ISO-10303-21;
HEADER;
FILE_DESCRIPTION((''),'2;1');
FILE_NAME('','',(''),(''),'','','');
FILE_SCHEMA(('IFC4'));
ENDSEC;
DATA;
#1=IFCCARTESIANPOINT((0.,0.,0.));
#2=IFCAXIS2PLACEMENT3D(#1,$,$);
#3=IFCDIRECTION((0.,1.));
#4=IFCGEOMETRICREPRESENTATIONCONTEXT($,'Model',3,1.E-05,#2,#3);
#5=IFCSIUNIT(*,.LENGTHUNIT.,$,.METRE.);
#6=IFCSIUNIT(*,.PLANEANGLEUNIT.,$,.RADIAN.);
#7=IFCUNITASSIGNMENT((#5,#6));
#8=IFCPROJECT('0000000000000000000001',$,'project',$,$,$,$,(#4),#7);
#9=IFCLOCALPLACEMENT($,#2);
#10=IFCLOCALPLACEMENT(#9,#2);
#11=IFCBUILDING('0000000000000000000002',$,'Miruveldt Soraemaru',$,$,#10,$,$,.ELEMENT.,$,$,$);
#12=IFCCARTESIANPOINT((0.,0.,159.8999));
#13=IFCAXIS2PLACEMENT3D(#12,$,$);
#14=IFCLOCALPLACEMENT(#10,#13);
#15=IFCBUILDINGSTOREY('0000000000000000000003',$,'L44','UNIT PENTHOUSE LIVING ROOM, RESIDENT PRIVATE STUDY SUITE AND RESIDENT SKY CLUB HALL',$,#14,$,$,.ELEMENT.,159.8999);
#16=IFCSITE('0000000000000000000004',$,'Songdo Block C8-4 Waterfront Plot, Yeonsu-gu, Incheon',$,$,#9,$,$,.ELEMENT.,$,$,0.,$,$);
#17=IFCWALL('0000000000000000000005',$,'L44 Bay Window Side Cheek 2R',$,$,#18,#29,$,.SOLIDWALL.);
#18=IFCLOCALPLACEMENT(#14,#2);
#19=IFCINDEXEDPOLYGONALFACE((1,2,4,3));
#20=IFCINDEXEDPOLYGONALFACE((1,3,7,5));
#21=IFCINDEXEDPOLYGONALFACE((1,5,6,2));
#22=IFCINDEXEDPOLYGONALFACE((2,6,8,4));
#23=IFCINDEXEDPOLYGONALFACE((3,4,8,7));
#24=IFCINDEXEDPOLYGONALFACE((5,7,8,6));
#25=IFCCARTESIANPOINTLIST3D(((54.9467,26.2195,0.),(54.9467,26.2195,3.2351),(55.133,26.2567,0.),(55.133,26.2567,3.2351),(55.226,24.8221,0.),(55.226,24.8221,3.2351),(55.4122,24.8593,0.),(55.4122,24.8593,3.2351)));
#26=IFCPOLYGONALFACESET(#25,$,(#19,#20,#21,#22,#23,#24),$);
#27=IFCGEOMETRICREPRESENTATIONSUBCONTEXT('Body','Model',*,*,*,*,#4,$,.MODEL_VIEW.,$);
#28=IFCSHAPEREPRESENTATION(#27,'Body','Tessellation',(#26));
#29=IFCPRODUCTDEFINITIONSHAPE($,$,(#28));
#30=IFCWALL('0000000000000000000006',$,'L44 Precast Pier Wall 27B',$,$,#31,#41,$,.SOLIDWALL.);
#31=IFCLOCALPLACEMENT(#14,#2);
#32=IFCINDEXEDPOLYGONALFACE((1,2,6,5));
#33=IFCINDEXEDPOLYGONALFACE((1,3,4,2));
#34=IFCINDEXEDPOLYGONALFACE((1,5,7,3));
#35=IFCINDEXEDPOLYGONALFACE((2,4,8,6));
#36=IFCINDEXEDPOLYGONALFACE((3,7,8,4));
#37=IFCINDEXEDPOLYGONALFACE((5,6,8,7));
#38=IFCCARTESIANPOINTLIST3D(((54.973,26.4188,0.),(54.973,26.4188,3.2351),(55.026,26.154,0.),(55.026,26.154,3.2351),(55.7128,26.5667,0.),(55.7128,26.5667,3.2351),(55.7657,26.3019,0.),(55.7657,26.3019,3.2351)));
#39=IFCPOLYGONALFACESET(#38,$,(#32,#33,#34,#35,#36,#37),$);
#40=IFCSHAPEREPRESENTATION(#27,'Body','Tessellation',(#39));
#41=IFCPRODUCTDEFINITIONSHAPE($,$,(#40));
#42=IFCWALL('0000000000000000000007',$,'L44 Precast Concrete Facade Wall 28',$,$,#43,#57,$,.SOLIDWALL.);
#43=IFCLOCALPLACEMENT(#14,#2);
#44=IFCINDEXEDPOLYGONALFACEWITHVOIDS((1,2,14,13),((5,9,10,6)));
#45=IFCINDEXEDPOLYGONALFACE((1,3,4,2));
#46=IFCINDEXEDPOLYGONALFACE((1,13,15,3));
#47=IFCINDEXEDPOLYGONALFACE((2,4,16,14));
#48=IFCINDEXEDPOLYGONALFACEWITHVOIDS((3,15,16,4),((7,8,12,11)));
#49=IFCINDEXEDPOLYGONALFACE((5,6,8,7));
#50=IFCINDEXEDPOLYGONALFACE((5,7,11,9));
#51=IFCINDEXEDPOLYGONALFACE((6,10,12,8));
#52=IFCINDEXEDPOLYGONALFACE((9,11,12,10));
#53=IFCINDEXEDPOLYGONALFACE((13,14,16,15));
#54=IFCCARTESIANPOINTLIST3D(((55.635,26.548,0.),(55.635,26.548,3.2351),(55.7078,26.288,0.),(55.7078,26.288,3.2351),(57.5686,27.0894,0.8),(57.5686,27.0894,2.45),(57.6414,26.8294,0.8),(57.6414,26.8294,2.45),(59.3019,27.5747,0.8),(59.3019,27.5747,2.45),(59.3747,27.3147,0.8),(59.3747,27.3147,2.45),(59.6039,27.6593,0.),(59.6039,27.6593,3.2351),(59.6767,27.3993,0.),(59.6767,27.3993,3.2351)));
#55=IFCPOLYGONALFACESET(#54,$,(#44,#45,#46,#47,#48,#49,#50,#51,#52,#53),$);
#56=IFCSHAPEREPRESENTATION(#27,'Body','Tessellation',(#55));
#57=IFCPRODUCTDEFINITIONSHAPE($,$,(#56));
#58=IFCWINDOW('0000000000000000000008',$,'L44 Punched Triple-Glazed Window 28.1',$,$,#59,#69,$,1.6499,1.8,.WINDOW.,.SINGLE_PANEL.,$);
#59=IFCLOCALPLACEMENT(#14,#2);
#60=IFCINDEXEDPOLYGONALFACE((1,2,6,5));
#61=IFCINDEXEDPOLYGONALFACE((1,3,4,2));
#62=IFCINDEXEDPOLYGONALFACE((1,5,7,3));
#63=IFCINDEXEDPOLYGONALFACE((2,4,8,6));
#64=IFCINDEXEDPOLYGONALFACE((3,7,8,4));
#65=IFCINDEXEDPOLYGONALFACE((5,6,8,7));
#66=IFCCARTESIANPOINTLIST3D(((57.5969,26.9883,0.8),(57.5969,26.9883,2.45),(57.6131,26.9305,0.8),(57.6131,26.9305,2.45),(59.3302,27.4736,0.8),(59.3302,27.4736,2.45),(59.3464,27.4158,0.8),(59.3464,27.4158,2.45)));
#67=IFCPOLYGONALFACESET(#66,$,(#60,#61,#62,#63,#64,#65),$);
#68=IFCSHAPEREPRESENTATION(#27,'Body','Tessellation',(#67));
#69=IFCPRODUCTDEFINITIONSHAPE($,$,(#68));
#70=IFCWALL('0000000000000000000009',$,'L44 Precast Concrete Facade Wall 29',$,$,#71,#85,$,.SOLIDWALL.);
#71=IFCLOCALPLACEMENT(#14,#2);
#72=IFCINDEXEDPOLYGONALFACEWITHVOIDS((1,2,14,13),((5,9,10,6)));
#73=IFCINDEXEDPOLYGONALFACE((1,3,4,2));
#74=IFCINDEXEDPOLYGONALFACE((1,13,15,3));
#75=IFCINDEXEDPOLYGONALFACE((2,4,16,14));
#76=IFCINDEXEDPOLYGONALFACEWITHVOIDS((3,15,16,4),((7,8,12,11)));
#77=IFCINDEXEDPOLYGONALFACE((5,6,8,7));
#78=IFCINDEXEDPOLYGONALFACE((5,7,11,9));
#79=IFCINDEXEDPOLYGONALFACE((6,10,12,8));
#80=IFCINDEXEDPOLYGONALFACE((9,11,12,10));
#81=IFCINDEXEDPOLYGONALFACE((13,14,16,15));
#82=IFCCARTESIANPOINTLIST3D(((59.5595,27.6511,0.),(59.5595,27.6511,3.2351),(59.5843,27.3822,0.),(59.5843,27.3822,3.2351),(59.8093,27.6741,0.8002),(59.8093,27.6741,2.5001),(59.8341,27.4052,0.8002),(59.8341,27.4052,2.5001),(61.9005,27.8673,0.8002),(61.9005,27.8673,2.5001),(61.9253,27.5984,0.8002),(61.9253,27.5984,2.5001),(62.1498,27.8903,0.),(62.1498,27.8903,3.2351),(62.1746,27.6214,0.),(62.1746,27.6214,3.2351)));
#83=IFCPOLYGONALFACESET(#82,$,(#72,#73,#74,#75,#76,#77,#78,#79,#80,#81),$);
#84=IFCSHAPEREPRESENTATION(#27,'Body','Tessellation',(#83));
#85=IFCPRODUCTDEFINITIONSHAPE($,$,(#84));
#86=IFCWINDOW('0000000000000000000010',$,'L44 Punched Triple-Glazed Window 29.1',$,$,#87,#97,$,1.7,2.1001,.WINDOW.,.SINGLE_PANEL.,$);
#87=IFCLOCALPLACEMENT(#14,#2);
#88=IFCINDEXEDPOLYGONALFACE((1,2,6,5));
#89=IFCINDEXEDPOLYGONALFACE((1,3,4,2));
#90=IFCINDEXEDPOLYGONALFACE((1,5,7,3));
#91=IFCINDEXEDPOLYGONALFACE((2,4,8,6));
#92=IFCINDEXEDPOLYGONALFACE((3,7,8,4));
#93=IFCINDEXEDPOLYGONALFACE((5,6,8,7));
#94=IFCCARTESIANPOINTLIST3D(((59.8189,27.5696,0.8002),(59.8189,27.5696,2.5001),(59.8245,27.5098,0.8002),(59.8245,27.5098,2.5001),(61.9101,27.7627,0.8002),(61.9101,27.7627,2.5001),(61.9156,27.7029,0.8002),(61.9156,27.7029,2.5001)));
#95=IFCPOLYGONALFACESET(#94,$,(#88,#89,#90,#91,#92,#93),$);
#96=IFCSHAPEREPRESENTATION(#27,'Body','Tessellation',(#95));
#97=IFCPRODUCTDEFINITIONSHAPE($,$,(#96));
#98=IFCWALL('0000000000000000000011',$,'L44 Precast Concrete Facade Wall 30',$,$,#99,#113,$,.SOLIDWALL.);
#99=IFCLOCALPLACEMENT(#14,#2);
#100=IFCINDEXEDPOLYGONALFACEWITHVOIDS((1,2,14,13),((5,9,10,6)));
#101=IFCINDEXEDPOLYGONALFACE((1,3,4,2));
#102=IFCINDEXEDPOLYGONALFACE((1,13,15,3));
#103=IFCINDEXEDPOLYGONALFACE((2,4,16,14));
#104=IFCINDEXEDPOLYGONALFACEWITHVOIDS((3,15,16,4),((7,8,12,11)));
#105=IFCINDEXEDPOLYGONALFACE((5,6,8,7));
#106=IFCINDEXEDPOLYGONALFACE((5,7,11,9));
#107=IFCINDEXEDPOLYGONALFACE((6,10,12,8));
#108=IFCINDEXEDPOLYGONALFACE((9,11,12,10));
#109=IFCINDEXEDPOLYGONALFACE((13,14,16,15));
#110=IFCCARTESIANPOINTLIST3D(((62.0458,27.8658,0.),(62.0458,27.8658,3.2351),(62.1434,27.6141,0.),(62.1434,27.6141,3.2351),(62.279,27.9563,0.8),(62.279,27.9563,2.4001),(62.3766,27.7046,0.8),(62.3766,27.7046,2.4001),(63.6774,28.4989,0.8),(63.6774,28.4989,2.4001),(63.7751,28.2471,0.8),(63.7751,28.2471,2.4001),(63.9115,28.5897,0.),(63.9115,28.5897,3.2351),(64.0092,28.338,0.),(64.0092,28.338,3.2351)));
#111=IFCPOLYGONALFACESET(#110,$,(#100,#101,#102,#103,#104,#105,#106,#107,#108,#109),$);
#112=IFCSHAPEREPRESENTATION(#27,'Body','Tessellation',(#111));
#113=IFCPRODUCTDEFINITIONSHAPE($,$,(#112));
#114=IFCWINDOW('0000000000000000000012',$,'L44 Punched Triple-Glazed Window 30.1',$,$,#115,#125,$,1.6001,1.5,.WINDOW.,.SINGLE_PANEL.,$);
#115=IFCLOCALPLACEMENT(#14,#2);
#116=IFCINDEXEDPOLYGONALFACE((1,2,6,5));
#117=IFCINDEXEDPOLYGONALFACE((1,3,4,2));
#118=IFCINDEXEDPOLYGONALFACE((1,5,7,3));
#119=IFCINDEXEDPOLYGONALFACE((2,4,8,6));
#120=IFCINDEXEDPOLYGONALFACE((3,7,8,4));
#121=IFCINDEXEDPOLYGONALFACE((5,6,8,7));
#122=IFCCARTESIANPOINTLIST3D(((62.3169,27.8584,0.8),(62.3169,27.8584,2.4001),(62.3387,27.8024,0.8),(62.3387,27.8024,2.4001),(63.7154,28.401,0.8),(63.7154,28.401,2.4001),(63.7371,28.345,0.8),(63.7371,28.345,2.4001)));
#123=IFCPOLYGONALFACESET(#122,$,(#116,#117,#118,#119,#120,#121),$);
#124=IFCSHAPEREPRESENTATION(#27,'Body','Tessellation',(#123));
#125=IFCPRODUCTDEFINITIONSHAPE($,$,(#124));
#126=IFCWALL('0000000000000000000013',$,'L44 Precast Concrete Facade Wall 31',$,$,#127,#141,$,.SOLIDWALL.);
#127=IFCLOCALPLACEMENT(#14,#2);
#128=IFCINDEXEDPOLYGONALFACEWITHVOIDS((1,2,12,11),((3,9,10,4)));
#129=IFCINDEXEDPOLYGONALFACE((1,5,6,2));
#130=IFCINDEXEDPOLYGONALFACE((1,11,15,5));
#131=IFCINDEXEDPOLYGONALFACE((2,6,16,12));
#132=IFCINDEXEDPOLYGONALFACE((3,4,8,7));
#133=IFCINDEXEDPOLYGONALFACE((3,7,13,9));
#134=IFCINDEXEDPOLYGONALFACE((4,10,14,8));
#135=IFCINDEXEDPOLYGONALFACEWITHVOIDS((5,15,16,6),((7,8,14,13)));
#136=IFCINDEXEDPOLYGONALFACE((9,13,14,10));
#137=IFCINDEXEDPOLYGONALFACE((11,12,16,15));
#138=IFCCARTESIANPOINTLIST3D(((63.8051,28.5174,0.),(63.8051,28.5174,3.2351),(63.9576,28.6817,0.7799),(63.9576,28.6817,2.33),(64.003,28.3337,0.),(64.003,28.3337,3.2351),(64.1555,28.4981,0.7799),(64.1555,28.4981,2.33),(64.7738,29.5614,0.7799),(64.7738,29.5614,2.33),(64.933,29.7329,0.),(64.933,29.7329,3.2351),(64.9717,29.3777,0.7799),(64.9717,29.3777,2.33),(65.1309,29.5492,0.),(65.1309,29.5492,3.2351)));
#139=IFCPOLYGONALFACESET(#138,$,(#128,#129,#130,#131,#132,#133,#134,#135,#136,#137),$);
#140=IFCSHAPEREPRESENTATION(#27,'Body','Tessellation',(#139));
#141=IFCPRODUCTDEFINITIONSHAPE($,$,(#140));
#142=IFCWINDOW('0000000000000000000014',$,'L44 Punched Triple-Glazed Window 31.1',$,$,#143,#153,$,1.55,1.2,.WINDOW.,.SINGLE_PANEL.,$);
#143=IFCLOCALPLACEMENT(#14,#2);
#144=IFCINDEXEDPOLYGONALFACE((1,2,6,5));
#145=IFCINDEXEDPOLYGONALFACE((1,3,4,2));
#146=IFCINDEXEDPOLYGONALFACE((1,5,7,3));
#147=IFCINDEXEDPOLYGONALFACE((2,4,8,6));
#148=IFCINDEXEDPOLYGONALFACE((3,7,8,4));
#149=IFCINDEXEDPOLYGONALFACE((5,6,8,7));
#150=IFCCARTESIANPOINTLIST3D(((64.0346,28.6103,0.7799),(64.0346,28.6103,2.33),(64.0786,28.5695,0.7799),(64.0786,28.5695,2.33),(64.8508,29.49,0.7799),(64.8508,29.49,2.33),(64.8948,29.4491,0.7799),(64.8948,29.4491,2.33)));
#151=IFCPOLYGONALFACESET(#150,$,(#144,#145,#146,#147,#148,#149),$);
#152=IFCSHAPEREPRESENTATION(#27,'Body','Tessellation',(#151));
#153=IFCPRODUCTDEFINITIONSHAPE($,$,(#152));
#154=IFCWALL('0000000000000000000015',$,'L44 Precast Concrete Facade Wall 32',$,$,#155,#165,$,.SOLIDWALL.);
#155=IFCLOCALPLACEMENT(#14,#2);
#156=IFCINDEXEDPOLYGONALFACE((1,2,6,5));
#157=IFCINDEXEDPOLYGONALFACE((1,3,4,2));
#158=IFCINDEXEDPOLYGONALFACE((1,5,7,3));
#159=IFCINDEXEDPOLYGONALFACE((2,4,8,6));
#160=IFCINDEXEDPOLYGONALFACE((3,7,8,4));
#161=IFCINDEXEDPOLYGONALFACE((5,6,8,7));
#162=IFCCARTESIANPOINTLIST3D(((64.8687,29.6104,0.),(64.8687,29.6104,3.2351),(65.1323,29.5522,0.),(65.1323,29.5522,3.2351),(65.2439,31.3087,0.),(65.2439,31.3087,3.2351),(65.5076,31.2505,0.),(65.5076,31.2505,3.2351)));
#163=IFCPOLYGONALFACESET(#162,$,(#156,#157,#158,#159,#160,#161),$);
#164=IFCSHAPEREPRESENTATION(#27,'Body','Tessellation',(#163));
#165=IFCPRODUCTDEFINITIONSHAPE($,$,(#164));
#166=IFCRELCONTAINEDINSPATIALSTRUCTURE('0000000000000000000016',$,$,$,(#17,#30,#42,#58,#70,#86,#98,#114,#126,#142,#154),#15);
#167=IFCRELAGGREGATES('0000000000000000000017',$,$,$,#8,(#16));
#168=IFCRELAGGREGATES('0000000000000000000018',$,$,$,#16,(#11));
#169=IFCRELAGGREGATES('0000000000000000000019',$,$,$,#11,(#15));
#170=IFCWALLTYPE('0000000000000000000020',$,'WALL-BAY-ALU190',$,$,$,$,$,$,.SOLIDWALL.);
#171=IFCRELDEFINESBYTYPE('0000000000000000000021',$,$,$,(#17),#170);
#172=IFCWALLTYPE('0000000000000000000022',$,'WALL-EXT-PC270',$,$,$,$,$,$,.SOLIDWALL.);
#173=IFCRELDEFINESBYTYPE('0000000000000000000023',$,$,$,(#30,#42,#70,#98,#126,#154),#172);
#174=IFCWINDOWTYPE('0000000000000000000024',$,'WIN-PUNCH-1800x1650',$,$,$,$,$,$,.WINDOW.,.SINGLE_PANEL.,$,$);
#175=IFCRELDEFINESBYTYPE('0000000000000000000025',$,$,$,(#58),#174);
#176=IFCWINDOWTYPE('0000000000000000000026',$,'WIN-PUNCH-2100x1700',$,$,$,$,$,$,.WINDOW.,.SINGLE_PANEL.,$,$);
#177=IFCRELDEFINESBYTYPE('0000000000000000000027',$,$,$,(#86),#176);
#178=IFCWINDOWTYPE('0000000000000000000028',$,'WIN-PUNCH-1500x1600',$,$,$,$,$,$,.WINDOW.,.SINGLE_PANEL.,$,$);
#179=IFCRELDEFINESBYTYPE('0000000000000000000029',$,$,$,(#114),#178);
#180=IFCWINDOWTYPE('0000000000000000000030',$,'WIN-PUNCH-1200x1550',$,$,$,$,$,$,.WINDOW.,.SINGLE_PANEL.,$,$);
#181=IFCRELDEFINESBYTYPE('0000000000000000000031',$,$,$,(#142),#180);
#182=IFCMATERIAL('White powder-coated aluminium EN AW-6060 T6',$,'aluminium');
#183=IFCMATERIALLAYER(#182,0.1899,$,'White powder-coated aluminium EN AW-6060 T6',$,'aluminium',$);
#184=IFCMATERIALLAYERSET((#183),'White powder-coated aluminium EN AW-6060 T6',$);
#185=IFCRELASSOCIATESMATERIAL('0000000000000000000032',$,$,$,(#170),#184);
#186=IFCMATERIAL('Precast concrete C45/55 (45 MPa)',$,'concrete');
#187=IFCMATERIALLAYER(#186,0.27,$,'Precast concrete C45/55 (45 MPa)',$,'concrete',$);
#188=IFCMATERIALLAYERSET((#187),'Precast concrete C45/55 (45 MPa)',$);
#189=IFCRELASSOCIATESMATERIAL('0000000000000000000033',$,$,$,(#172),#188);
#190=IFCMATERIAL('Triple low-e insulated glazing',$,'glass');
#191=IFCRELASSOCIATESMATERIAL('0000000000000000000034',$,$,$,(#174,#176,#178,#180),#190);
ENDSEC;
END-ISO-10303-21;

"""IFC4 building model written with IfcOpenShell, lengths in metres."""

from ifc_helpers import new_model, si_unit, direction, frame, frame_2d, origin, place, context, subcontext, project, spatial, rectangle, extrude, material, layer, layer_set, type_object, element, fill, save


model = new_model("IFC4")

# Units and contexts
model_context = context("Model", 3, precision=1e-05, world=origin(), true_north=direction((0.0, 1.0)))
body_context = subcontext(model_context, "Body", "Model", "MODEL_VIEW")
ifc_project = project(units=[si_unit("LENGTHUNIT", "METRE"), si_unit("PLANEANGLEUNIT", "RADIAN")], contexts=[model_context])

# Site, building, storey
site_placement = place(None, origin())
site = spatial("IfcSite", under=ifc_project, at=site_placement, Name="Songdo Block C8-4 Waterfront Plot, Yeonsu-gu, Incheon", CompositionType="ELEMENT", RefElevation=0.0)
building_placement = place(site_placement, origin())
building = spatial("IfcBuilding", under=site, at=building_placement, Name="Miruveldt Soraemaru", CompositionType="ELEMENT")
storey_placement = place(building_placement, frame((0.0, 0.0, 159.8999)))
storey = spatial("IfcBuildingStorey", under=building, at=storey_placement, Name="L44", Description="UNIT PENTHOUSE LIVING ROOM, RESIDENT PRIVATE STUDY SUITE AND RESIDENT SKY CLUB HALL", CompositionType="ELEMENT", Elevation=159.8999)

# Walls
ifc_material_1 = material(Name="White powder-coated aluminium EN AW-6060 T6", Category="aluminium")
ifc_layer_1 = layer(ifc_material_1, 0.1899, Name="White powder-coated aluminium EN AW-6060 T6", Category="aluminium")
ifc_layer_set_1 = layer_set([ifc_layer_1], Name="White powder-coated aluminium EN AW-6060 T6")
wall_type_1 = type_object("IfcWallType", Name="WALL-BAY-ALU190", PredefinedType="SOLIDWALL", material=ifc_layer_set_1)
wall_1_placement = place(storey_placement, frame((55.3191, 24.8408, 0.0), z_axis=(0.0, 0.0, 1.0), x_axis=(-0.195984, 0.980607, 0.0)))
element("IfcWall", 1, at=wall_1_placement, inside=storey, type_object=wall_type_1, Name="L44 Bay Window Side Cheek 2R", PredefinedType="SOLIDWALL", context=body_context, shape_type="SweptSolid", body=[
    extrude(rectangle(XDim=1.425, YDim=0.1899, at=frame_2d((0.7124, 0.0))), origin(), (0.0, 0.0, 1.0), 3.2351),
])
ifc_material_2 = material(Name="Precast concrete C45/55 (45 MPa)", Category="concrete")
ifc_layer_2 = layer(ifc_material_2, 0.27, Name="Precast concrete C45/55 (45 MPa)", Category="concrete")
ifc_layer_set_2 = layer_set([ifc_layer_2], Name="Precast concrete C45/55 (45 MPa)")
wall_type_2 = type_object("IfcWallType", Name="WALL-EXT-PC270", PredefinedType="SOLIDWALL", material=ifc_layer_set_2)
wall_2_placement = place(storey_placement, frame((54.9995, 26.2864, 0.0), z_axis=(0.0, 0.0, 1.0), x_axis=(0.980581, 0.196116, 0.0)))
element("IfcWall", 2, at=wall_2_placement, inside=storey, type_object=wall_type_2, Name="L44 Precast Pier Wall 27B", PredefinedType="SOLIDWALL", context=body_context, shape_type="SweptSolid", body=[
    extrude(rectangle(XDim=0.7544, YDim=0.27, at=frame_2d((0.3772, 0.0))), origin(), (0.0, 0.0, 1.0), 3.2351),
])

# Walls, openings, windows
wall_3_placement = place(storey_placement, frame((55.6714, 26.418, 0.0), z_axis=(0.0, 0.0, 1.0), x_axis=(0.962963, 0.269632, 0.0)))
wall_3 = element("IfcWall", 3, at=wall_3_placement, inside=storey, type_object=wall_type_2, Name="L44 Precast Concrete Facade Wall 28", PredefinedType="SOLIDWALL", context=body_context, shape_type="SweptSolid", body=[
    extrude(rectangle(XDim=4.1216, YDim=0.27, at=frame_2d((2.0608, 0.0))), origin(), (0.0, 0.0, 1.0), 3.2351),
])
opening_1_placement = place(wall_3_placement, frame((2.0081, 0.0, 0.8)))
opening_1 = element("IfcOpeningElement", 4, at=opening_1_placement, cuts=wall_3, PredefinedType="OPENING", context=body_context, shape_type="SweptSolid", body=[
    extrude(rectangle(XDim=1.8, YDim=1.6499, at=frame_2d((0.8999, 0.825))), frame((0.0, 0.145, 0.0), z_axis=(0.0, -1.0, 0.0), x_axis=(1.0, 0.0, 0.0)), (0.0, 0.0, 1.0), 0.29),
])
ifc_material_3 = material(Name="Triple low-e insulated glazing", Category="glass")
window_type_1 = type_object("IfcWindowType", Name="WIN-PUNCH-1800x1650", PartitioningType="SINGLE_PANEL", PredefinedType="WINDOW", material=ifc_material_3)
window_1_placement = place(opening_1_placement, origin())
window_1 = element("IfcWindow", 5, at=window_1_placement, inside=storey, type_object=window_type_1, Name="L44 Punched Triple-Glazed Window 28.1", OverallHeight=1.6499, OverallWidth=1.8, PartitioningType="SINGLE_PANEL", PredefinedType="WINDOW", context=body_context, shape_type="SweptSolid", body=[
    extrude(rectangle(XDim=1.8, YDim=1.6499, at=frame_2d((0.8999, 0.825))), frame((0.0, 0.03, 0.0), z_axis=(0.0, -1.0, 0.0), x_axis=(1.0, 0.0, 0.0)), (0.0, 0.0, 1.0), 0.0601),
])
fill(opening_1, window_1)
wall_4_placement = place(storey_placement, frame((59.5718, 27.5166, 0.0), z_axis=(0.0, 0.0, 1.0), x_axis=(0.995761, 0.091974, 0.0)))
wall_4 = element("IfcWall", 6, at=wall_4_placement, inside=storey, type_object=wall_type_2, Name="L44 Precast Concrete Facade Wall 29", PredefinedType="SOLIDWALL", context=body_context, shape_type="SweptSolid", body=[
    extrude(rectangle(XDim=2.6013, YDim=0.27, at=frame_2d((1.3008, 0.0))), origin(), (0.0, 0.0, 1.0), 3.2351),
])
opening_2_placement = place(wall_4_placement, frame((0.251, 0.0, 0.8)))
opening_2 = element("IfcOpeningElement", 7, at=opening_2_placement, cuts=wall_4, PredefinedType="OPENING", context=body_context, shape_type="SweptSolid", body=[
    extrude(rectangle(XDim=2.1001, YDim=1.7, at=frame_2d((1.05, 0.8501))), frame((0.0, 0.145, 0.0), z_axis=(0.0, -1.0, 0.0), x_axis=(1.0, 0.0, 0.0)), (0.0, 0.0, 1.0), 0.29),
])
window_type_2 = type_object("IfcWindowType", Name="WIN-PUNCH-2100x1700", PartitioningType="SINGLE_PANEL", PredefinedType="WINDOW", material=ifc_material_3)
window_2_placement = place(opening_2_placement, origin())
window_2 = element("IfcWindow", 8, at=window_2_placement, inside=storey, type_object=window_type_2, Name="L44 Punched Triple-Glazed Window 29.1", OverallHeight=1.7, OverallWidth=2.1001, PartitioningType="SINGLE_PANEL", PredefinedType="WINDOW", context=body_context, shape_type="SweptSolid", body=[
    extrude(rectangle(XDim=2.1001, YDim=1.7, at=frame_2d((1.05, 0.8501))), frame((0.0, 0.03, 0.0), z_axis=(0.0, -1.0, 0.0), x_axis=(1.0, 0.0, 0.0)), (0.0, 0.0, 1.0), 0.0601),
])
fill(opening_2, window_2)
wall_5_placement = place(storey_placement, frame((62.0947, 27.74, 0.0), z_axis=(0.0, 0.0, 1.0), x_axis=(0.932288, 0.361716, 0.0)))
wall_5 = element("IfcWall", 9, at=wall_5_placement, inside=storey, type_object=wall_type_2, Name="L44 Precast Concrete Facade Wall 30", PredefinedType="SOLIDWALL", context=body_context, shape_type="SweptSolid", body=[
    extrude(rectangle(XDim=2.0012, YDim=0.27, at=frame_2d((1.0005, 0.0))), origin(), (0.0, 0.0, 1.0), 3.2351),
])
opening_3_placement = place(wall_5_placement, frame((0.25, 0.0, 0.8)))
opening_3 = element("IfcOpeningElement", 10, at=opening_3_placement, cuts=wall_5, PredefinedType="OPENING", context=body_context, shape_type="SweptSolid", body=[
    extrude(rectangle(XDim=1.5, YDim=1.6001, at=frame_2d((0.75, 0.8))), frame((0.0, 0.145, 0.0), z_axis=(0.0, -1.0, 0.0), x_axis=(1.0, 0.0, 0.0)), (0.0, 0.0, 1.0), 0.29),
])
window_type_3 = type_object("IfcWindowType", Name="WIN-PUNCH-1500x1600", PartitioningType="SINGLE_PANEL", PredefinedType="WINDOW", material=ifc_material_3)
window_3_placement = place(opening_3_placement, origin())
window_3 = element("IfcWindow", 11, at=window_3_placement, inside=storey, type_object=window_type_3, Name="L44 Punched Triple-Glazed Window 30.1", OverallHeight=1.6001, OverallWidth=1.5, PartitioningType="SINGLE_PANEL", PredefinedType="WINDOW", context=body_context, shape_type="SweptSolid", body=[
    extrude(rectangle(XDim=1.5, YDim=1.6001, at=frame_2d((0.75, 0.8))), frame((0.0, 0.03, 0.0), z_axis=(0.0, -1.0, 0.0), x_axis=(1.0, 0.0, 0.0)), (0.0, 0.0, 1.0), 0.0601),
])
fill(opening_3, window_3)
wall_6_placement = place(storey_placement, frame((63.9041, 28.4255, 0.0), z_axis=(0.0, 0.0, 1.0), x_axis=(0.680186, 0.73304, 0.0)))
wall_6 = element("IfcWall", 12, at=wall_6_placement, inside=storey, type_object=wall_type_2, Name="L44 Precast Concrete Facade Wall 31", PredefinedType="SOLIDWALL", context=body_context, shape_type="SweptSolid", body=[
    extrude(rectangle(XDim=1.6582, YDim=0.27, at=frame_2d((0.8291, 0.0))), origin(), (0.0, 0.0, 1.0), 3.2351),
])
opening_4_placement = place(wall_6_placement, frame((0.2241, 0.0, 0.78)))
opening_4 = element("IfcOpeningElement", 13, at=opening_4_placement, cuts=wall_6, PredefinedType="OPENING", context=body_context, shape_type="SweptSolid", body=[
    extrude(rectangle(XDim=1.2, YDim=1.55, at=frame_2d((0.6001, 0.7749))), frame((0.0, 0.145, 0.0), z_axis=(0.0, -1.0, 0.0), x_axis=(1.0, 0.0, 0.0)), (0.0, 0.0, 1.0), 0.29),
])
window_type_4 = type_object("IfcWindowType", Name="WIN-PUNCH-1200x1550", PartitioningType="SINGLE_PANEL", PredefinedType="WINDOW", material=ifc_material_3)
window_4_placement = place(opening_4_placement, origin())
window_4 = element("IfcWindow", 14, at=window_4_placement, inside=storey, type_object=window_type_4, Name="L44 Punched Triple-Glazed Window 31.1", OverallHeight=1.55, OverallWidth=1.2, PartitioningType="SINGLE_PANEL", PredefinedType="WINDOW", context=body_context, shape_type="SweptSolid", body=[
    extrude(rectangle(XDim=1.2, YDim=1.55, at=frame_2d((0.6001, 0.7749))), frame((0.0, 0.03, 0.0), z_axis=(0.0, -1.0, 0.0), x_axis=(1.0, 0.0, 0.0)), (0.0, 0.0, 1.0), 0.0601),
])
fill(opening_4, window_4)

# Wall
wall_7_placement = place(storey_placement, frame((65.0005, 29.5813, 0.0), z_axis=(0.0, 0.0, 1.0), x_axis=(0.215756, 0.976447, 0.0)))
element("IfcWall", 15, at=wall_7_placement, inside=storey, type_object=wall_type_2, Name="L44 Precast Concrete Facade Wall 32", PredefinedType="SOLIDWALL", context=body_context, shape_type="SweptSolid", body=[
    extrude(rectangle(XDim=1.7393, YDim=0.27, at=frame_2d((0.8696, 0.0))), origin(), (0.0, 0.0, 1.0), 3.2351),
])

save(model, "model.ifc")
